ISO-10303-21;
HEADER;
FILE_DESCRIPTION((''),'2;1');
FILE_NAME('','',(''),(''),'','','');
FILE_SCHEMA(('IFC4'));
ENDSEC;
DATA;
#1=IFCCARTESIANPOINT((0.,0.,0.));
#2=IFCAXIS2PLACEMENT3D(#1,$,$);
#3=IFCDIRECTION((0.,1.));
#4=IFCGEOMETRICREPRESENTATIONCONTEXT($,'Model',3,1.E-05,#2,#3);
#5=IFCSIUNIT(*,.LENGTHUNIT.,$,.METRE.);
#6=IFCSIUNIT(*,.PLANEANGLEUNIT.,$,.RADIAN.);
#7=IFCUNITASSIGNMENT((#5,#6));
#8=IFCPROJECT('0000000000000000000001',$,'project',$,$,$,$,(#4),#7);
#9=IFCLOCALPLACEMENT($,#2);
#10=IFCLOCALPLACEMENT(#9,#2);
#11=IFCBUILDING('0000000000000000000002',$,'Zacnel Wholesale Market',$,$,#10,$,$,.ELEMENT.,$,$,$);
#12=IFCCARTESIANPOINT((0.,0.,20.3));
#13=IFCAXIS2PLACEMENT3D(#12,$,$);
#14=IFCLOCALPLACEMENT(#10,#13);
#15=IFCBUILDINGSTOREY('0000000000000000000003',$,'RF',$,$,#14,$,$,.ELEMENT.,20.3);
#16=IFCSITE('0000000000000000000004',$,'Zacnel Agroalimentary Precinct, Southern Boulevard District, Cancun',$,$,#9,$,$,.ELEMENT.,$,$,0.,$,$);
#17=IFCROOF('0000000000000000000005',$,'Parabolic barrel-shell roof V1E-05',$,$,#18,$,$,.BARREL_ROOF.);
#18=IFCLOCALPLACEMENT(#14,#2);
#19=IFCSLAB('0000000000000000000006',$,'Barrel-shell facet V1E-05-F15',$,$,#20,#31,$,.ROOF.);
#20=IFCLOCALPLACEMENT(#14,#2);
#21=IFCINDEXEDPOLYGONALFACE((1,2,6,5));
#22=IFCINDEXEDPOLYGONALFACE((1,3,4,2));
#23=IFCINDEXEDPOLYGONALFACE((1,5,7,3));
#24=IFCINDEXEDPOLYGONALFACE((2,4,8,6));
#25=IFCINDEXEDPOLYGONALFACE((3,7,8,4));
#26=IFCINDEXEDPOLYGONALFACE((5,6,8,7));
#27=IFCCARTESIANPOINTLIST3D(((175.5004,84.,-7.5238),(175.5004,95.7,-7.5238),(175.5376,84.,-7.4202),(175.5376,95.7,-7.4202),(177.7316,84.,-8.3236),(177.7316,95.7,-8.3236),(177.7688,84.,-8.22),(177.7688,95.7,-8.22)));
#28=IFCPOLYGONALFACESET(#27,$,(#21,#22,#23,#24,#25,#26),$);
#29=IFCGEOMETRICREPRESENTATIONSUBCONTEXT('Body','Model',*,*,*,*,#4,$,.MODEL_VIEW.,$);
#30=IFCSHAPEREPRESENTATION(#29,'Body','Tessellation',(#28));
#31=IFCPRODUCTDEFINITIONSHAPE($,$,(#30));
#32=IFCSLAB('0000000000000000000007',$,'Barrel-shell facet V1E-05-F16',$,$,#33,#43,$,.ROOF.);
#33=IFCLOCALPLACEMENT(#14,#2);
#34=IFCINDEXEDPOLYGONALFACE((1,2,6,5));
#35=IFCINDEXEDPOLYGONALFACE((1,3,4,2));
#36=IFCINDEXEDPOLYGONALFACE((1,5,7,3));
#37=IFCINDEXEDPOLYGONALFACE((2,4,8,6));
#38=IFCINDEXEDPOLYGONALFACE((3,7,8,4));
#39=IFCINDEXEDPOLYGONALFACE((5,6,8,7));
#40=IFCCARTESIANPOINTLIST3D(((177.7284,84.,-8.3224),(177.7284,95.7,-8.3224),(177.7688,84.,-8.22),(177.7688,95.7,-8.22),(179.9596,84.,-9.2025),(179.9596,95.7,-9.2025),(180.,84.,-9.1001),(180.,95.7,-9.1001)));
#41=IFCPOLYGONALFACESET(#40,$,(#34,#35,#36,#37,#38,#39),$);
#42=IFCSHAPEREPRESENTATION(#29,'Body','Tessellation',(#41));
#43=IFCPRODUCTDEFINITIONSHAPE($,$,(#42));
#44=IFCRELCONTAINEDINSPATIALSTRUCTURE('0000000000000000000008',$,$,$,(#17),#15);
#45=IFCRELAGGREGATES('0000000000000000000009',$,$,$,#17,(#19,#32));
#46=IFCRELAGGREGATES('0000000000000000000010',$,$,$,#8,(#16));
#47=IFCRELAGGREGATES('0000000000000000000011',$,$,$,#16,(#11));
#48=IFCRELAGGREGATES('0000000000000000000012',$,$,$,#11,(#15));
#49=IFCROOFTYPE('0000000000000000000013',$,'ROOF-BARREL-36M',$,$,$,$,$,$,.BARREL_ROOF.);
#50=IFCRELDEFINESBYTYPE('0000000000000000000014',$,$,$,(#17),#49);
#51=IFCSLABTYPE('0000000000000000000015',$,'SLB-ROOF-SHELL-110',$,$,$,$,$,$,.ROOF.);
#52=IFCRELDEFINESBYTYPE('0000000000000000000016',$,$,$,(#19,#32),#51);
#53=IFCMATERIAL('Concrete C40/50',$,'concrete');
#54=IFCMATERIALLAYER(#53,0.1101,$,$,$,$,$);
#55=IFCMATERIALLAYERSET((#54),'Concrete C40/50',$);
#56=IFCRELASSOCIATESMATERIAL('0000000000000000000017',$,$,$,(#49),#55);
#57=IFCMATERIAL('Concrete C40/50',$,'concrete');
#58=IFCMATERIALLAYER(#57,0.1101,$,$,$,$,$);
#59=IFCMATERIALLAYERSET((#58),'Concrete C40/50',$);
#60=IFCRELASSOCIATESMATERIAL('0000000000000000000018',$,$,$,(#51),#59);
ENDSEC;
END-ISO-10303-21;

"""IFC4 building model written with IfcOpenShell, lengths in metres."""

from ifc_helpers import new_model, si_unit, direction, frame, origin, place, context, subcontext, project, spatial, polyline, outline, extrude, material, layer, layer_set, type_object, element, aggregate, save


model = new_model("IFC4")

# Units and contexts
model_context = context("Model", 3, precision=1e-05, world=origin(), true_north=direction((0.0, 1.0)))
body_context = subcontext(model_context, "Body", "Model", "MODEL_VIEW")
ifc_project = project(units=[si_unit("LENGTHUNIT", "METRE"), si_unit("PLANEANGLEUNIT", "RADIAN")], contexts=[model_context])

# Site, building, storey
site_placement = place(None, origin())
site = spatial("IfcSite", under=ifc_project, at=site_placement, Name="Zacnel Agroalimentary Precinct, Southern Boulevard District, Cancun", CompositionType="ELEMENT", RefElevation=0.0)
building_placement = place(site_placement, origin())
building = spatial("IfcBuilding", under=site, at=building_placement, Name="Zacnel Wholesale Market", CompositionType="ELEMENT")
storey_placement = place(building_placement, frame((0.0, 0.0, 20.3)))
storey = spatial("IfcBuildingStorey", under=building, at=storey_placement, Name="RF", CompositionType="ELEMENT", Elevation=20.3)

# Roof, slabs
ifc_material_1 = material(Name="Concrete C40/50", Category="concrete")
ifc_layer_1 = layer(ifc_material_1, 0.1101)
ifc_layer_set_1 = layer_set([ifc_layer_1], Name="Concrete C40/50")
roof_type = type_object("IfcRoofType", Name="ROOF-BARREL-36M", PredefinedType="BARREL_ROOF", material=ifc_layer_set_1)
ifc_material_2 = material(Name="Concrete C40/50", Category="concrete")
ifc_layer_2 = layer(ifc_material_2, 0.1101)
ifc_layer_set_2 = layer_set([ifc_layer_2], Name="Concrete C40/50")
slab_type = type_object("IfcSlabType", Name="SLB-ROOF-SHELL-110", PredefinedType="ROOF", material=ifc_layer_set_2)
roof_1_placement = place(storey_placement, origin())
roof_1 = element("IfcRoof", 1, at=roof_1_placement, inside=storey, type_object=roof_type, Name="Parabolic barrel-shell roof V1E-05", PredefinedType="BARREL_ROOF")
slab_1_placement = place(storey_placement, frame((175.5376, 84.0, -7.4202), z_axis=(0.337439, 0.0, 0.941347), x_axis=(0.0, 1.0, 0.0)))
slab_1 = element("IfcSlab", 2, at=slab_1_placement, type_object=slab_type, Name="Barrel-shell facet V1E-05-F15", PredefinedType="ROOF", context=body_context, shape_type="SweptSolid", body=[
    extrude(outline(polyline([(0.0, 0.0), (11.7, 0.0), (11.7, -2.3702), (0.0, -2.3702), (0.0, 0.0)])), origin(), (0.0, 0.0, -1.0), 0.1101),
])
slab_2_placement = place(storey_placement, frame((177.7688, 84.0, -8.22), z_axis=(0.366946, 0.0, 0.930242), x_axis=(0.0, 1.0, 0.0)))
slab_2 = element("IfcSlab", 3, at=slab_2_placement, type_object=slab_type, Name="Barrel-shell facet V1E-05-F16", PredefinedType="ROOF", context=body_context, shape_type="SweptSolid", body=[
    extrude(outline(polyline([(0.0, 0.0), (11.7, 0.0), (11.7, -2.3985), (0.0, -2.3985), (0.0, 0.0)])), origin(), (0.0, 0.0, -1.0), 0.1101),
])
aggregate(roof_1, [slab_1, slab_2])

save(model, "model.ifc")
